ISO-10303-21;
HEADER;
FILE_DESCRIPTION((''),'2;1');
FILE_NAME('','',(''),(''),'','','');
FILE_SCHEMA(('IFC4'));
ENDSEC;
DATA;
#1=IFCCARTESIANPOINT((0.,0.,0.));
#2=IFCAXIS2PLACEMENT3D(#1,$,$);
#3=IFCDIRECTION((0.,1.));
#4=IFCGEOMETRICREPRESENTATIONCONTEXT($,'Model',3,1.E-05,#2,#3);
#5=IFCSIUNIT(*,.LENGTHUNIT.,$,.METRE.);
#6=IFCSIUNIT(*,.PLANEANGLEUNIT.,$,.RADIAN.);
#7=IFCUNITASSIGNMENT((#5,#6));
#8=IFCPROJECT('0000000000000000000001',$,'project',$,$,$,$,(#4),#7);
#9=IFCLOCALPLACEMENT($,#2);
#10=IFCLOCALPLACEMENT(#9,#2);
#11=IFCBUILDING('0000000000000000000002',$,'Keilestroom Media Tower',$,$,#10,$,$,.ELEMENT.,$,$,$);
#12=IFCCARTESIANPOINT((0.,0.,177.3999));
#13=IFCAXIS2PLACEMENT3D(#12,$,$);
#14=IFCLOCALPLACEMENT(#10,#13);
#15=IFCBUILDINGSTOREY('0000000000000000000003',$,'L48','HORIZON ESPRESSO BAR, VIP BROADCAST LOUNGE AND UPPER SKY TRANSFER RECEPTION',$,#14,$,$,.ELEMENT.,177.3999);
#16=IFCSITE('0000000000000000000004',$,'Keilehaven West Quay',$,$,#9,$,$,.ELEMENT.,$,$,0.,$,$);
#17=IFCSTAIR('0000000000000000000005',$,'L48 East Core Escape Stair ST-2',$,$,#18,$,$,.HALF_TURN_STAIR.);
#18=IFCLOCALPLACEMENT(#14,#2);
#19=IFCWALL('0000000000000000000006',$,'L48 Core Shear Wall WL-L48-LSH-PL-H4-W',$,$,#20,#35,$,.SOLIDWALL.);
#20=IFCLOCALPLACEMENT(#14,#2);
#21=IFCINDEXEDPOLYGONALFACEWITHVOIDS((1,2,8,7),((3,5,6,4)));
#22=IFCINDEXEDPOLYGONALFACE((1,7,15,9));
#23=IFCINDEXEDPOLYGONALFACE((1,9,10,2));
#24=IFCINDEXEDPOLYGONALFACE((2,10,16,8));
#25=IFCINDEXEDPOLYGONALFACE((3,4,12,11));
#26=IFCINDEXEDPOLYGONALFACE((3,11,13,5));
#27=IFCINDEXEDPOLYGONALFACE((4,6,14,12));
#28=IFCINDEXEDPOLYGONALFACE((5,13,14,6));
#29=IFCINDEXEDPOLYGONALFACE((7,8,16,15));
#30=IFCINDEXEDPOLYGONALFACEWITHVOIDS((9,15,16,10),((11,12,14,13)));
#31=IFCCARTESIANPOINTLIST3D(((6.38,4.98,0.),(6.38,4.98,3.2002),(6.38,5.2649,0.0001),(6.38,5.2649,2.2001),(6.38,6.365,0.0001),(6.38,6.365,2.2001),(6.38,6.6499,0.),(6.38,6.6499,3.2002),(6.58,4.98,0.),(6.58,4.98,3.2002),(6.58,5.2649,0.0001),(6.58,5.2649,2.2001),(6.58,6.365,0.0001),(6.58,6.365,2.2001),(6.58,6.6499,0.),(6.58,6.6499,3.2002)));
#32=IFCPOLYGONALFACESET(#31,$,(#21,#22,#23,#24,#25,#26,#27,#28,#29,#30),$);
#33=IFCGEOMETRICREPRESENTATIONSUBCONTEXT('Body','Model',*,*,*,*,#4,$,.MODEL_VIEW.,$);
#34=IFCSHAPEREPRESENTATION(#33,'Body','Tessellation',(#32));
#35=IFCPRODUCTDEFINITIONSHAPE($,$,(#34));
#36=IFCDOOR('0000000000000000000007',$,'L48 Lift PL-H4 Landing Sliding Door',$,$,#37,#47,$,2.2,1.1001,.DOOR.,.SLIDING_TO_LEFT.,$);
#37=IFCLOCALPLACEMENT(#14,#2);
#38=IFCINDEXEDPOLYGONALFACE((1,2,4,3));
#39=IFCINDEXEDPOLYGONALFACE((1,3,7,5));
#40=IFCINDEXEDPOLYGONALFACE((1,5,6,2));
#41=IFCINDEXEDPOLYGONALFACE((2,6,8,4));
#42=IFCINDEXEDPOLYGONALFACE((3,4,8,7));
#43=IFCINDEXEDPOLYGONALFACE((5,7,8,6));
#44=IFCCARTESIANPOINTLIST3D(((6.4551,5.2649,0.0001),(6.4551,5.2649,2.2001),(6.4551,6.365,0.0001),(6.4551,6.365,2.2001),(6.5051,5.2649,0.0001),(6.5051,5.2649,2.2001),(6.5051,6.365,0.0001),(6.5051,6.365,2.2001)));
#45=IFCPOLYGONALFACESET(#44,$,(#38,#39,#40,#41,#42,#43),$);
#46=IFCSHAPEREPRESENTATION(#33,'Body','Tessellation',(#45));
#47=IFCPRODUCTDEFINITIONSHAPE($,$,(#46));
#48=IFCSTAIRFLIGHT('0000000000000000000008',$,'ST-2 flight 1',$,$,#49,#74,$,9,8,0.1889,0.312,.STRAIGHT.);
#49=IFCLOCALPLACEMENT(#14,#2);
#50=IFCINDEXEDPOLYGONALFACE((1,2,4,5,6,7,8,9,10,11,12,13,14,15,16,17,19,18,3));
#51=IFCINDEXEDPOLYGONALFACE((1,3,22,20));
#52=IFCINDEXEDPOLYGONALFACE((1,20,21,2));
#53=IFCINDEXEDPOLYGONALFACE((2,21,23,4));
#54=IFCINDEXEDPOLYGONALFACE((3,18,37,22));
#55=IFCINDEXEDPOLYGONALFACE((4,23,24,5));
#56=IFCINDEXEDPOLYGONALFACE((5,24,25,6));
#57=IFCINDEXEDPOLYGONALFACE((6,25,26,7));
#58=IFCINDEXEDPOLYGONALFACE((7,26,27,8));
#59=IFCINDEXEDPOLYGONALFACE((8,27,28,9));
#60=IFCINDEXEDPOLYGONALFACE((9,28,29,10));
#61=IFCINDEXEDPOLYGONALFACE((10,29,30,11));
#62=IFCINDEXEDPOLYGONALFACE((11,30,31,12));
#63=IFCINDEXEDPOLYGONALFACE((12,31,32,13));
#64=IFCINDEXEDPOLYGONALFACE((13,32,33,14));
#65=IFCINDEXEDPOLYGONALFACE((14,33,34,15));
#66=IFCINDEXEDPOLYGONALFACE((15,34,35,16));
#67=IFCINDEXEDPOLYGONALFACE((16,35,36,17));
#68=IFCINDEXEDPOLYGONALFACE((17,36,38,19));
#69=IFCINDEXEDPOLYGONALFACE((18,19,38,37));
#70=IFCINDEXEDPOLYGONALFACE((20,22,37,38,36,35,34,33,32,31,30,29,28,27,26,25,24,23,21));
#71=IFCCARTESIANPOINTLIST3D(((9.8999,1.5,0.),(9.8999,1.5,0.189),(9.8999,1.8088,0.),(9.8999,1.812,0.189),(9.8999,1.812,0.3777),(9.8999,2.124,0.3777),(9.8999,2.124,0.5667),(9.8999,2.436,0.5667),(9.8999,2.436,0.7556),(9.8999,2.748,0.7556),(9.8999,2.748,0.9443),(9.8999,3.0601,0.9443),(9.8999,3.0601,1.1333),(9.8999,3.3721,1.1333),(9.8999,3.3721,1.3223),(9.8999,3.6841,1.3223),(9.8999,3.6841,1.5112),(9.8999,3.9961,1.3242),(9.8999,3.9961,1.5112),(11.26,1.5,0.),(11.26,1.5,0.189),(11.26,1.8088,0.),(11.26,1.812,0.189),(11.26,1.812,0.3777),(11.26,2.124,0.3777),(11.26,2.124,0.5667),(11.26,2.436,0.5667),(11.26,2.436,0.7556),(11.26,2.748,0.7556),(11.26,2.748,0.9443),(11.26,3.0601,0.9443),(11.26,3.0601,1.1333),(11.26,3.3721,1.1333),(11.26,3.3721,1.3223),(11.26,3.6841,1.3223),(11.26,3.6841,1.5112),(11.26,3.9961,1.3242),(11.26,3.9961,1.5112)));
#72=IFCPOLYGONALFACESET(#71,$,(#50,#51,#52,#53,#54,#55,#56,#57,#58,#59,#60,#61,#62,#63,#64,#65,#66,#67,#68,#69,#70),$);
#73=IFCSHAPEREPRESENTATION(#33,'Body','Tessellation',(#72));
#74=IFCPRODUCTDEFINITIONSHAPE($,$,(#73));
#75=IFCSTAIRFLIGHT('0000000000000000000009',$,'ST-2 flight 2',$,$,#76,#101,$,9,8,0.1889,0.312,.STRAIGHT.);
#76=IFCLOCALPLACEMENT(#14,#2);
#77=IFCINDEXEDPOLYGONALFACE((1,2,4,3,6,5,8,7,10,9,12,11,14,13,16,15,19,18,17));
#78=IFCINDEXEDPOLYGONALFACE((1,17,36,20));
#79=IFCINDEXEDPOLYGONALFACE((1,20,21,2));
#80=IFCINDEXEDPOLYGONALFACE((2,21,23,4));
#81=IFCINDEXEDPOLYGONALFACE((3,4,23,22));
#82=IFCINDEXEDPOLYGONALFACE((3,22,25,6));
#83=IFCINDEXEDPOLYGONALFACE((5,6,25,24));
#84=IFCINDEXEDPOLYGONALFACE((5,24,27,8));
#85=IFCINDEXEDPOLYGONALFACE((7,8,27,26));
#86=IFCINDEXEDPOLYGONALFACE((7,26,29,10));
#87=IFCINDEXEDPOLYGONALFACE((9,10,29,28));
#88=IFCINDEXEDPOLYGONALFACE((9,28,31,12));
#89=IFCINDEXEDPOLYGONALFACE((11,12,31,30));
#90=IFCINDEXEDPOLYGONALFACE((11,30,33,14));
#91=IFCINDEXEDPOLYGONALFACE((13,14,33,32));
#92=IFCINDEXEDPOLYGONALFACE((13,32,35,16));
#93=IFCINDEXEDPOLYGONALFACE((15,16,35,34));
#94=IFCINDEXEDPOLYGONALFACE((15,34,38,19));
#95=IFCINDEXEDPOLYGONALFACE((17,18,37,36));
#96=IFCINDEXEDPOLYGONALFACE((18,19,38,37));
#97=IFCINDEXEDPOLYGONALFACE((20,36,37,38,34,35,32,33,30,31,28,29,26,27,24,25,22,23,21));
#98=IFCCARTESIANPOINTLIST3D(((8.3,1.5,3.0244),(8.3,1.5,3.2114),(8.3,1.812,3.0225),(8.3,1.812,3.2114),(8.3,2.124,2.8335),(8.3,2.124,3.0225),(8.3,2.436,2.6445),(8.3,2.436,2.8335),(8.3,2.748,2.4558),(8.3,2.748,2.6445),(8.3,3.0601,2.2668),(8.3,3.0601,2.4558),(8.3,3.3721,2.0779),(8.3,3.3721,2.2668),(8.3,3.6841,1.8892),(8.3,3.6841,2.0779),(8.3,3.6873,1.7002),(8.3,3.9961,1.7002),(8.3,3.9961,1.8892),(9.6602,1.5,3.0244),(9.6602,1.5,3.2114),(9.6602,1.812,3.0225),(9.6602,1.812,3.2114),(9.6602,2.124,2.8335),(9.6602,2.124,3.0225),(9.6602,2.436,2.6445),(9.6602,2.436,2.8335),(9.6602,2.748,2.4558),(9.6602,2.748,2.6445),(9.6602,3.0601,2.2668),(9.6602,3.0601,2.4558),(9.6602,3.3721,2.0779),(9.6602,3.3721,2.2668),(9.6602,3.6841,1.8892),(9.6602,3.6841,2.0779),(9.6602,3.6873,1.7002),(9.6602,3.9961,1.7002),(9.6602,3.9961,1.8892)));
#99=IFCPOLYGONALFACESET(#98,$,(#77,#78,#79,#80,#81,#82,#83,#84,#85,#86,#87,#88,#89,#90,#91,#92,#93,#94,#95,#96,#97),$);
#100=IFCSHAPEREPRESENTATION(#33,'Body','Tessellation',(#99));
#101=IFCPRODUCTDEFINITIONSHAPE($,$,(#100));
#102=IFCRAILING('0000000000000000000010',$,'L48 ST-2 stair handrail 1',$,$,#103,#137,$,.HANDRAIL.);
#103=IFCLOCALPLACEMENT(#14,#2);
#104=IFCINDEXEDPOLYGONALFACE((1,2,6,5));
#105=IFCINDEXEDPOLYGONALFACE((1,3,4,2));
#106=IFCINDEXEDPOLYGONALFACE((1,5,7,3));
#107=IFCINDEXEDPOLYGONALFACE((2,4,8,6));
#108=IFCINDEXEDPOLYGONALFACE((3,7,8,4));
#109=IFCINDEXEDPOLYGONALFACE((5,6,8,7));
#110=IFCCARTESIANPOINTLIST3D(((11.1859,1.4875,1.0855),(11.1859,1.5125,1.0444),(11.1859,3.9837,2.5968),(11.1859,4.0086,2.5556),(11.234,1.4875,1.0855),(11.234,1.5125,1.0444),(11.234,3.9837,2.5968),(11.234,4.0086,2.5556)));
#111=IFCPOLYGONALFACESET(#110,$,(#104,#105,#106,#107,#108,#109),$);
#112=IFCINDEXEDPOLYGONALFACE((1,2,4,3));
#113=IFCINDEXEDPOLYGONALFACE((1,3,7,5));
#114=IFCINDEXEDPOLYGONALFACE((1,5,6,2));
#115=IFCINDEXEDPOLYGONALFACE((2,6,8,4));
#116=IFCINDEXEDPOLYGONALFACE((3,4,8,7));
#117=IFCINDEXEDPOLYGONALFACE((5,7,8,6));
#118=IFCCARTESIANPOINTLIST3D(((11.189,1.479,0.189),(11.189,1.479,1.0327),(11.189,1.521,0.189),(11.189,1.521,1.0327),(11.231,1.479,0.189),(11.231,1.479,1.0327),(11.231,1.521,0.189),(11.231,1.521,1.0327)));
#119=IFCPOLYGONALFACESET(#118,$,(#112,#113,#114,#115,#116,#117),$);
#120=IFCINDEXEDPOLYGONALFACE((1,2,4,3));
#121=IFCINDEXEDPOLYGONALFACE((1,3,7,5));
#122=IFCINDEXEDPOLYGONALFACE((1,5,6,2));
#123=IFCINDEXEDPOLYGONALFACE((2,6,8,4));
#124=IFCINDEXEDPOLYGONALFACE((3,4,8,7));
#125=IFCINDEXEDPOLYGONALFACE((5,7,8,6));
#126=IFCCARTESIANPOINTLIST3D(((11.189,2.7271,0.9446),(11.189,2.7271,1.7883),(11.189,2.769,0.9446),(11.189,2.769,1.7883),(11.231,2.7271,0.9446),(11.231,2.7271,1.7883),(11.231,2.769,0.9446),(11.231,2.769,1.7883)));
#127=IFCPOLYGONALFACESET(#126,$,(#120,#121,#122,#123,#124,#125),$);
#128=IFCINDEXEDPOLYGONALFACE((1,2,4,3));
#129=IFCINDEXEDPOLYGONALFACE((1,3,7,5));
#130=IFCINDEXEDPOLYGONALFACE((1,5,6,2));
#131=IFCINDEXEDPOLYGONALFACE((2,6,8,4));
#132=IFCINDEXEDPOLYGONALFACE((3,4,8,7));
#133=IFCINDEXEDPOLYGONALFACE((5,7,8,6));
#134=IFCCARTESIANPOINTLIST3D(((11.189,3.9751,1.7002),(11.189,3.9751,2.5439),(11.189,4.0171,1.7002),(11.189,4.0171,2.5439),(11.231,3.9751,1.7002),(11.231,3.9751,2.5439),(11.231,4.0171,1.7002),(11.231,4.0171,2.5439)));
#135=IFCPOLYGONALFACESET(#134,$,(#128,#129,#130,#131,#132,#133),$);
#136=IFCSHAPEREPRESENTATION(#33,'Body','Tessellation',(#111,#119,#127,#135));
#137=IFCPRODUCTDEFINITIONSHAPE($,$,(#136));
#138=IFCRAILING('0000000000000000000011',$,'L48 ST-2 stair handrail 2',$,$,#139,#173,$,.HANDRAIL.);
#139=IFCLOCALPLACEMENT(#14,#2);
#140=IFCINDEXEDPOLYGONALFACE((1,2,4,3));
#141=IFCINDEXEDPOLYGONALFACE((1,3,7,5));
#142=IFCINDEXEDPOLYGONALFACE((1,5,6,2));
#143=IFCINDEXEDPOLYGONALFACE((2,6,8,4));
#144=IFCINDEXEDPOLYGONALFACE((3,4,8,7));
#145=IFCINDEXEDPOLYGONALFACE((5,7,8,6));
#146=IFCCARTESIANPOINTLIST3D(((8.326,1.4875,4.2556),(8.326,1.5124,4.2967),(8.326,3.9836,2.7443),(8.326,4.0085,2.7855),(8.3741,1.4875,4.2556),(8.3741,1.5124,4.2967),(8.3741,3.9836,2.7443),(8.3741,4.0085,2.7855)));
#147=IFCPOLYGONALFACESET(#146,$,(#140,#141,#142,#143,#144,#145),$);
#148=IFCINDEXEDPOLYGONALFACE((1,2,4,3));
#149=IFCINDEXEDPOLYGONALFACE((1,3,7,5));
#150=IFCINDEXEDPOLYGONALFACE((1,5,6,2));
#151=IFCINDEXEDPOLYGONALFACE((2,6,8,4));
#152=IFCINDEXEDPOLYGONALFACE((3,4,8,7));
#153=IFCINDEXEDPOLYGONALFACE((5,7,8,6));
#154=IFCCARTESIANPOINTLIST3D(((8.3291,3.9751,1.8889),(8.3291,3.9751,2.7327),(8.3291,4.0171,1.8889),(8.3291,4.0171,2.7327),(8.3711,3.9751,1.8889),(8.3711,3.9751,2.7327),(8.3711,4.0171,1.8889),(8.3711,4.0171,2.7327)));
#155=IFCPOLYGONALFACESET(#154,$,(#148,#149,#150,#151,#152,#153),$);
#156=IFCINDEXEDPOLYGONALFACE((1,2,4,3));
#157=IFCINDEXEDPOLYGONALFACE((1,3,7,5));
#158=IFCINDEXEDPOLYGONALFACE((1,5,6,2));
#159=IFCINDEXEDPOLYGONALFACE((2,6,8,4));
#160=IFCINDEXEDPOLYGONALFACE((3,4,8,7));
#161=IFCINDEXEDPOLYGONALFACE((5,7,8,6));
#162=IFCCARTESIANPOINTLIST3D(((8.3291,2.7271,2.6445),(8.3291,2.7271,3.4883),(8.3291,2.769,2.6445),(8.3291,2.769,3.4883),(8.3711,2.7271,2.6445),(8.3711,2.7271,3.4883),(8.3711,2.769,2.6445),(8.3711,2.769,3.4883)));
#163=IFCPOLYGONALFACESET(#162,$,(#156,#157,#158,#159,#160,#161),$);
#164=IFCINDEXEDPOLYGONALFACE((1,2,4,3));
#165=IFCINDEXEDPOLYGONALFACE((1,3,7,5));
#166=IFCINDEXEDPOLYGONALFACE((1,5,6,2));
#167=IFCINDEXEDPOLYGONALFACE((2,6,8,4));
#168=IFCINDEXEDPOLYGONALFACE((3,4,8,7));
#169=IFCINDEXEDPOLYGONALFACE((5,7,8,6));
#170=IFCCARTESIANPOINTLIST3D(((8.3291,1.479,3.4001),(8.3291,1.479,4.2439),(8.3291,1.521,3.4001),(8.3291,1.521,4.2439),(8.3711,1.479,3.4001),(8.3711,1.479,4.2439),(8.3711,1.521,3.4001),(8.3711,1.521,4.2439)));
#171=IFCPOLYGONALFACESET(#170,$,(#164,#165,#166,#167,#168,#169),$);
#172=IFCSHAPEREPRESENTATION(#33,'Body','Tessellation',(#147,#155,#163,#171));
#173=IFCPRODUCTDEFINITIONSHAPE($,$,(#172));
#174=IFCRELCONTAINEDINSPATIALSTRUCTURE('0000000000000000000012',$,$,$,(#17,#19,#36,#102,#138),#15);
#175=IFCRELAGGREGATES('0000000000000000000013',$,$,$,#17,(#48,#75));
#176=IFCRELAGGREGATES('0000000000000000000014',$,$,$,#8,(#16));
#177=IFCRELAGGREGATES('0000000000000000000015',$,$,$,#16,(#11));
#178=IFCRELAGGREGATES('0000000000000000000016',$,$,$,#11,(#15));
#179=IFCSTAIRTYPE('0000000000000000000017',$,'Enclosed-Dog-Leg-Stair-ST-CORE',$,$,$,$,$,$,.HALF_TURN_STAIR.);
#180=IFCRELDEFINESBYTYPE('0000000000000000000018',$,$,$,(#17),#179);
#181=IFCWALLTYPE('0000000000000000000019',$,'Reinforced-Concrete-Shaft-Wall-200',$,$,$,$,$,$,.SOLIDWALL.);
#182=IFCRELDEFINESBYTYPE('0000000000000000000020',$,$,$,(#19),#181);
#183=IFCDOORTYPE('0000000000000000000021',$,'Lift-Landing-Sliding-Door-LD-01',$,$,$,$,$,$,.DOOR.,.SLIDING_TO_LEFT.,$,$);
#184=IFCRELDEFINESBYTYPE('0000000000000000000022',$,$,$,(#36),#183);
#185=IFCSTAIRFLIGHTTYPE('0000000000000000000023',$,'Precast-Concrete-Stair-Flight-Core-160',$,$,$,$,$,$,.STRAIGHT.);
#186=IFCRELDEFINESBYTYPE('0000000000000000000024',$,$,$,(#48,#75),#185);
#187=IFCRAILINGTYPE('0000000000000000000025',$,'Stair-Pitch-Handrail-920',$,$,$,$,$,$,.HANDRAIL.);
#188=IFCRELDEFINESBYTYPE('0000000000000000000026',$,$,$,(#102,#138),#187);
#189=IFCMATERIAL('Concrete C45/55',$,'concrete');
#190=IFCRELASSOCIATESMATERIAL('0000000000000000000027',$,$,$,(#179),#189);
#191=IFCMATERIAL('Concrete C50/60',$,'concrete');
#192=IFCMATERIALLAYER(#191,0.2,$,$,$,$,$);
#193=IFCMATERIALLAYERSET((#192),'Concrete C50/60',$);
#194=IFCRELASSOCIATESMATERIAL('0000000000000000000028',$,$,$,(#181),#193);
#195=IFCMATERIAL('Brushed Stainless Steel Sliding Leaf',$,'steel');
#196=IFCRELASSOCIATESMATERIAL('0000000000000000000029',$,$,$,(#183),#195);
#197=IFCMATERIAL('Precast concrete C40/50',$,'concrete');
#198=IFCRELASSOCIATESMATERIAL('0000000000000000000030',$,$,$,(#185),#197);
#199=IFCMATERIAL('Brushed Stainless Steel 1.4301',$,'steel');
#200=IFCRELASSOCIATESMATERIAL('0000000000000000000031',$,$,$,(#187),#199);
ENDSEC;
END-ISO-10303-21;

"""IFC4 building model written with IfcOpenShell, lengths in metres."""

from ifc_helpers import new_model, si_unit, direction, frame, frame_2d, origin, origin_2d, place, context, subcontext, project, spatial, polyline, rectangle, outline, extrude, source, transform, mapped, material, layer, layer_set, type_object, element, fill, aggregate, save


model = new_model("IFC4")

# Units and contexts
model_context = context("Model", 3, precision=1e-05, world=origin(), true_north=direction((0.0, 1.0)))
body_context = subcontext(model_context, "Body", "Model", "MODEL_VIEW")
ifc_project = project(units=[si_unit("LENGTHUNIT", "METRE"), si_unit("PLANEANGLEUNIT", "RADIAN")], contexts=[model_context])

# Site, building, storey
site_placement = place(None, origin())
site = spatial("IfcSite", under=ifc_project, at=site_placement, Name="Keilehaven West Quay", CompositionType="ELEMENT", RefElevation=0.0)
building_placement = place(site_placement, origin())
building = spatial("IfcBuilding", under=site, at=building_placement, Name="Keilestroom Media Tower", CompositionType="ELEMENT")
storey_placement = place(building_placement, frame((0.0, 0.0, 177.3999)))
storey = spatial("IfcBuildingStorey", under=building, at=storey_placement, Name="L48", Description="HORIZON ESPRESSO BAR, VIP BROADCAST LOUNGE AND UPPER SKY TRANSFER RECEPTION", CompositionType="ELEMENT", Elevation=177.3999)

# Stair
ifc_material_1 = material(Name="Concrete C45/55", Category="concrete")
stair_type = type_object("IfcStairType", Name="Enclosed-Dog-Leg-Stair-ST-CORE", PredefinedType="HALF_TURN_STAIR", material=ifc_material_1)
stair_1_placement = place(storey_placement, origin())
stair_1 = element("IfcStair", 1, at=stair_1_placement, inside=storey, type_object=stair_type, Name="L48 East Core Escape Stair ST-2", PredefinedType="HALF_TURN_STAIR")

# Shared definitions
ifc_material_2 = material(Name="Concrete C50/60", Category="concrete")
ifc_layer_1 = layer(ifc_material_2, 0.2)
ifc_layer_set_1 = layer_set([ifc_layer_1], Name="Concrete C50/60")
wall_type_1 = type_object("IfcWallType", Name="Reinforced-Concrete-Shaft-Wall-200", PredefinedType="SOLIDWALL", material=ifc_layer_set_1)

# Shared definitions
ifc_material_3 = material(Name="Brushed Stainless Steel Sliding Leaf", Category="steel")
door_type = type_object("IfcDoorType", Name="Lift-Landing-Sliding-Door-LD-01", OperationType="SLIDING_TO_LEFT", PredefinedType="DOOR", material=ifc_material_3)
shared_shape_1 = source(origin(), body_context, "Body", "SweptSolid", [
    extrude(rectangle(XDim=1.1001, YDim=2.2, at=frame_2d((0.55, 1.1001))), frame((0.0, 0.0249, 0.0), z_axis=(0.0, -1.0, 0.0), x_axis=(1.0, 0.0, 0.0)), (0.0, 0.0, 1.0), 0.05),
])

# Wall, opening, door
wall_1_placement = place(storey_placement, frame((6.48, 4.98, 0.0), z_axis=(0.0, 0.0, 1.0), x_axis=(0.0, 1.0, 0.0)))
wall_1 = element("IfcWall", 2, at=wall_1_placement, inside=storey, type_object=wall_type_1, Name="L48 Core Shear Wall WL-L48-LSH-PL-H4-W", PredefinedType="SOLIDWALL", context=body_context, shape_type="SweptSolid", body=[
    extrude(rectangle(XDim=1.6699, YDim=0.2, at=frame_2d((0.835, 0.0))), origin(), (0.0, 0.0, 1.0), 3.2002),
])
opening_1_placement = place(wall_1_placement, frame((0.2849, 0.0, 0.0)))
opening_1 = element("IfcOpeningElement", 3, at=opening_1_placement, cuts=wall_1, PredefinedType="OPENING", context=body_context, shape_type="SweptSolid", body=[
    extrude(rectangle(XDim=1.1001, YDim=2.2, at=frame_2d((0.55, 1.1001))), frame((0.0, 0.1099, 0.0), z_axis=(0.0, -1.0, 0.0), x_axis=(1.0, 0.0, 0.0)), (0.0, 0.0, 1.0), 0.22),
])
door_1_placement = place(opening_1_placement, origin())
door_1 = element("IfcDoor", 4, at=door_1_placement, inside=storey, type_object=door_type, Name="L48 Lift PL-H4 Landing Sliding Door", OperationType="SLIDING_TO_LEFT", OverallHeight=2.2, OverallWidth=1.1001, PredefinedType="DOOR", context=body_context, shape_type="MappedRepresentation", body=[
    mapped(shared_shape_1, transform((0.0, 0.0, 0.0), x_axis=(1.0, 0.0, 0.0), y_axis=(0.0, 1.0, 0.0), z_axis=(0.0, 0.0, 1.0), scale=1.0)),
])
fill(opening_1, door_1)

# Stair flights
ifc_material_4 = material(Name="Precast concrete C40/50", Category="concrete")
stair_flight_type = type_object("IfcStairFlightType", Name="Precast-Concrete-Stair-Flight-Core-160", PredefinedType="STRAIGHT", material=ifc_material_4)
stair_flight_1_placement = place(storey_placement, frame((10.5801, 1.5, 0.0), z_axis=(0.0, 0.0, 1.0), x_axis=(0.0, 1.0, 0.0)))
stair_flight_1 = element("IfcStairFlight", 5, at=stair_flight_1_placement, type_object=stair_flight_type, Name="ST-2 flight 1", NumberOfRisers=9, NumberOfTreads=8, PredefinedType="STRAIGHT", RiserHeight=0.1889, TreadLength=0.312, context=body_context, shape_type="SweptSolid", body=[
    extrude(outline(polyline([(0.0, 0.0), (0.0, 0.189), (0.312, 0.189), (0.312, 0.3777), (0.624, 0.3777), (0.624, 0.5667), (0.936, 0.5667), (0.936, 0.7556), (1.248, 0.7556), (1.248, 0.9443), (1.5601, 0.9443), (1.5601, 1.1333), (1.8721, 1.1333), (1.8721, 1.3223), (2.1841, 1.3223), (2.1841, 1.5112), (2.4961, 1.5112), (2.4961, 1.7), (2.4961, 1.3242), (0.3088, 0.0), (0.0, 0.0)])), frame((0.0, 0.6802, 0.0), z_axis=(0.0, -1.0, 0.0), x_axis=(1.0, 0.0, 0.0)), (0.0, 0.0, 1.0), 1.3601),
])
stair_flight_2_placement = place(storey_placement, frame((8.98, 3.9961, 1.7002), z_axis=(0.0, 0.0, 1.0), x_axis=(0.0, -1.0, 0.0)))
stair_flight_2 = element("IfcStairFlight", 6, at=stair_flight_2_placement, type_object=stair_flight_type, Name="ST-2 flight 2", NumberOfRisers=9, NumberOfTreads=8, PredefinedType="STRAIGHT", RiserHeight=0.1889, TreadLength=0.312, context=body_context, shape_type="SweptSolid", body=[
    extrude(outline(polyline([(0.0, 0.0), (0.0, 0.189), (0.312, 0.189), (0.312, 0.3777), (0.624, 0.3777), (0.624, 0.5667), (0.936, 0.5667), (0.936, 0.7556), (1.248, 0.7556), (1.248, 0.9443), (1.5601, 0.9443), (1.5601, 1.1333), (1.8721, 1.1333), (1.8721, 1.3223), (2.1841, 1.3223), (2.1841, 1.5112), (2.4961, 1.5112), (2.4961, 1.7), (2.4961, 1.3242), (0.3088, 0.0), (0.0, 0.0)])), frame((0.0, 0.6802, 0.0), z_axis=(0.0, -1.0, 0.0), x_axis=(1.0, 0.0, 0.0)), (0.0, 0.0, 1.0), 1.3601),
])
aggregate(stair_1, [stair_flight_1, stair_flight_2])

# Railings
ifc_material_5 = material(Name="Brushed Stainless Steel 1.4301", Category="steel")
railing_type_1 = type_object("IfcRailingType", Name="Stair-Pitch-Handrail-920", PredefinedType="HANDRAIL", material=ifc_material_5)
railing_1_placement = place(storey_placement, frame((11.21, 1.5, 0.189)))
element("IfcRailing", 7, at=railing_1_placement, inside=storey, type_object=railing_type_1, Name="L48 ST-2 stair handrail 1", PredefinedType="HANDRAIL", context=body_context, shape_type="SweptSolid", body=[
    extrude(rectangle(XDim=0.0481, YDim=0.0481, at=origin_2d()), frame((0.0, 0.0, 0.876), z_axis=(0.0, 0.855434, 0.517912), x_axis=(-1.0, 0.0, 0.0)), (0.0, 0.0, 1.0), 2.918),
    extrude(rectangle(XDim=0.042, YDim=0.042, at=origin_2d()), origin(), (0.0, 0.0, 1.0), 0.8438),
    extrude(rectangle(XDim=0.042, YDim=0.042, at=origin_2d()), frame((0.0, 1.248, 0.7556)), (0.0, 0.0, 1.0), 0.8438),
    extrude(rectangle(XDim=0.042, YDim=0.042, at=origin_2d()), frame((0.0, 2.4961, 1.5112)), (0.0, 0.0, 1.0), 0.8438),
])
railing_2_placement = place(storey_placement, frame((8.3501, 3.9961, 1.8889)))
element("IfcRailing", 8, at=railing_2_placement, inside=storey, type_object=railing_type_1, Name="L48 ST-2 stair handrail 2", PredefinedType="HANDRAIL", context=body_context, shape_type="SweptSolid", body=[
    extrude(rectangle(XDim=0.0481, YDim=0.0481, at=origin_2d()), frame((0.0, 0.0, 0.876), z_axis=(0.0, -0.855434, 0.517912), x_axis=(1.0, 0.0, 0.0)), (0.0, 0.0, 1.0), 2.918),
    extrude(rectangle(XDim=0.042, YDim=0.042, at=origin_2d()), origin(), (0.0, 0.0, 1.0), 0.8438),
    extrude(rectangle(XDim=0.042, YDim=0.042, at=origin_2d()), frame((0.0, -1.248, 0.7556)), (0.0, 0.0, 1.0), 0.8438),
    extrude(rectangle(XDim=0.042, YDim=0.042, at=origin_2d()), frame((0.0, -2.4961, 1.5112)), (0.0, 0.0, 1.0), 0.8438),
])

save(model, "model.ifc")
